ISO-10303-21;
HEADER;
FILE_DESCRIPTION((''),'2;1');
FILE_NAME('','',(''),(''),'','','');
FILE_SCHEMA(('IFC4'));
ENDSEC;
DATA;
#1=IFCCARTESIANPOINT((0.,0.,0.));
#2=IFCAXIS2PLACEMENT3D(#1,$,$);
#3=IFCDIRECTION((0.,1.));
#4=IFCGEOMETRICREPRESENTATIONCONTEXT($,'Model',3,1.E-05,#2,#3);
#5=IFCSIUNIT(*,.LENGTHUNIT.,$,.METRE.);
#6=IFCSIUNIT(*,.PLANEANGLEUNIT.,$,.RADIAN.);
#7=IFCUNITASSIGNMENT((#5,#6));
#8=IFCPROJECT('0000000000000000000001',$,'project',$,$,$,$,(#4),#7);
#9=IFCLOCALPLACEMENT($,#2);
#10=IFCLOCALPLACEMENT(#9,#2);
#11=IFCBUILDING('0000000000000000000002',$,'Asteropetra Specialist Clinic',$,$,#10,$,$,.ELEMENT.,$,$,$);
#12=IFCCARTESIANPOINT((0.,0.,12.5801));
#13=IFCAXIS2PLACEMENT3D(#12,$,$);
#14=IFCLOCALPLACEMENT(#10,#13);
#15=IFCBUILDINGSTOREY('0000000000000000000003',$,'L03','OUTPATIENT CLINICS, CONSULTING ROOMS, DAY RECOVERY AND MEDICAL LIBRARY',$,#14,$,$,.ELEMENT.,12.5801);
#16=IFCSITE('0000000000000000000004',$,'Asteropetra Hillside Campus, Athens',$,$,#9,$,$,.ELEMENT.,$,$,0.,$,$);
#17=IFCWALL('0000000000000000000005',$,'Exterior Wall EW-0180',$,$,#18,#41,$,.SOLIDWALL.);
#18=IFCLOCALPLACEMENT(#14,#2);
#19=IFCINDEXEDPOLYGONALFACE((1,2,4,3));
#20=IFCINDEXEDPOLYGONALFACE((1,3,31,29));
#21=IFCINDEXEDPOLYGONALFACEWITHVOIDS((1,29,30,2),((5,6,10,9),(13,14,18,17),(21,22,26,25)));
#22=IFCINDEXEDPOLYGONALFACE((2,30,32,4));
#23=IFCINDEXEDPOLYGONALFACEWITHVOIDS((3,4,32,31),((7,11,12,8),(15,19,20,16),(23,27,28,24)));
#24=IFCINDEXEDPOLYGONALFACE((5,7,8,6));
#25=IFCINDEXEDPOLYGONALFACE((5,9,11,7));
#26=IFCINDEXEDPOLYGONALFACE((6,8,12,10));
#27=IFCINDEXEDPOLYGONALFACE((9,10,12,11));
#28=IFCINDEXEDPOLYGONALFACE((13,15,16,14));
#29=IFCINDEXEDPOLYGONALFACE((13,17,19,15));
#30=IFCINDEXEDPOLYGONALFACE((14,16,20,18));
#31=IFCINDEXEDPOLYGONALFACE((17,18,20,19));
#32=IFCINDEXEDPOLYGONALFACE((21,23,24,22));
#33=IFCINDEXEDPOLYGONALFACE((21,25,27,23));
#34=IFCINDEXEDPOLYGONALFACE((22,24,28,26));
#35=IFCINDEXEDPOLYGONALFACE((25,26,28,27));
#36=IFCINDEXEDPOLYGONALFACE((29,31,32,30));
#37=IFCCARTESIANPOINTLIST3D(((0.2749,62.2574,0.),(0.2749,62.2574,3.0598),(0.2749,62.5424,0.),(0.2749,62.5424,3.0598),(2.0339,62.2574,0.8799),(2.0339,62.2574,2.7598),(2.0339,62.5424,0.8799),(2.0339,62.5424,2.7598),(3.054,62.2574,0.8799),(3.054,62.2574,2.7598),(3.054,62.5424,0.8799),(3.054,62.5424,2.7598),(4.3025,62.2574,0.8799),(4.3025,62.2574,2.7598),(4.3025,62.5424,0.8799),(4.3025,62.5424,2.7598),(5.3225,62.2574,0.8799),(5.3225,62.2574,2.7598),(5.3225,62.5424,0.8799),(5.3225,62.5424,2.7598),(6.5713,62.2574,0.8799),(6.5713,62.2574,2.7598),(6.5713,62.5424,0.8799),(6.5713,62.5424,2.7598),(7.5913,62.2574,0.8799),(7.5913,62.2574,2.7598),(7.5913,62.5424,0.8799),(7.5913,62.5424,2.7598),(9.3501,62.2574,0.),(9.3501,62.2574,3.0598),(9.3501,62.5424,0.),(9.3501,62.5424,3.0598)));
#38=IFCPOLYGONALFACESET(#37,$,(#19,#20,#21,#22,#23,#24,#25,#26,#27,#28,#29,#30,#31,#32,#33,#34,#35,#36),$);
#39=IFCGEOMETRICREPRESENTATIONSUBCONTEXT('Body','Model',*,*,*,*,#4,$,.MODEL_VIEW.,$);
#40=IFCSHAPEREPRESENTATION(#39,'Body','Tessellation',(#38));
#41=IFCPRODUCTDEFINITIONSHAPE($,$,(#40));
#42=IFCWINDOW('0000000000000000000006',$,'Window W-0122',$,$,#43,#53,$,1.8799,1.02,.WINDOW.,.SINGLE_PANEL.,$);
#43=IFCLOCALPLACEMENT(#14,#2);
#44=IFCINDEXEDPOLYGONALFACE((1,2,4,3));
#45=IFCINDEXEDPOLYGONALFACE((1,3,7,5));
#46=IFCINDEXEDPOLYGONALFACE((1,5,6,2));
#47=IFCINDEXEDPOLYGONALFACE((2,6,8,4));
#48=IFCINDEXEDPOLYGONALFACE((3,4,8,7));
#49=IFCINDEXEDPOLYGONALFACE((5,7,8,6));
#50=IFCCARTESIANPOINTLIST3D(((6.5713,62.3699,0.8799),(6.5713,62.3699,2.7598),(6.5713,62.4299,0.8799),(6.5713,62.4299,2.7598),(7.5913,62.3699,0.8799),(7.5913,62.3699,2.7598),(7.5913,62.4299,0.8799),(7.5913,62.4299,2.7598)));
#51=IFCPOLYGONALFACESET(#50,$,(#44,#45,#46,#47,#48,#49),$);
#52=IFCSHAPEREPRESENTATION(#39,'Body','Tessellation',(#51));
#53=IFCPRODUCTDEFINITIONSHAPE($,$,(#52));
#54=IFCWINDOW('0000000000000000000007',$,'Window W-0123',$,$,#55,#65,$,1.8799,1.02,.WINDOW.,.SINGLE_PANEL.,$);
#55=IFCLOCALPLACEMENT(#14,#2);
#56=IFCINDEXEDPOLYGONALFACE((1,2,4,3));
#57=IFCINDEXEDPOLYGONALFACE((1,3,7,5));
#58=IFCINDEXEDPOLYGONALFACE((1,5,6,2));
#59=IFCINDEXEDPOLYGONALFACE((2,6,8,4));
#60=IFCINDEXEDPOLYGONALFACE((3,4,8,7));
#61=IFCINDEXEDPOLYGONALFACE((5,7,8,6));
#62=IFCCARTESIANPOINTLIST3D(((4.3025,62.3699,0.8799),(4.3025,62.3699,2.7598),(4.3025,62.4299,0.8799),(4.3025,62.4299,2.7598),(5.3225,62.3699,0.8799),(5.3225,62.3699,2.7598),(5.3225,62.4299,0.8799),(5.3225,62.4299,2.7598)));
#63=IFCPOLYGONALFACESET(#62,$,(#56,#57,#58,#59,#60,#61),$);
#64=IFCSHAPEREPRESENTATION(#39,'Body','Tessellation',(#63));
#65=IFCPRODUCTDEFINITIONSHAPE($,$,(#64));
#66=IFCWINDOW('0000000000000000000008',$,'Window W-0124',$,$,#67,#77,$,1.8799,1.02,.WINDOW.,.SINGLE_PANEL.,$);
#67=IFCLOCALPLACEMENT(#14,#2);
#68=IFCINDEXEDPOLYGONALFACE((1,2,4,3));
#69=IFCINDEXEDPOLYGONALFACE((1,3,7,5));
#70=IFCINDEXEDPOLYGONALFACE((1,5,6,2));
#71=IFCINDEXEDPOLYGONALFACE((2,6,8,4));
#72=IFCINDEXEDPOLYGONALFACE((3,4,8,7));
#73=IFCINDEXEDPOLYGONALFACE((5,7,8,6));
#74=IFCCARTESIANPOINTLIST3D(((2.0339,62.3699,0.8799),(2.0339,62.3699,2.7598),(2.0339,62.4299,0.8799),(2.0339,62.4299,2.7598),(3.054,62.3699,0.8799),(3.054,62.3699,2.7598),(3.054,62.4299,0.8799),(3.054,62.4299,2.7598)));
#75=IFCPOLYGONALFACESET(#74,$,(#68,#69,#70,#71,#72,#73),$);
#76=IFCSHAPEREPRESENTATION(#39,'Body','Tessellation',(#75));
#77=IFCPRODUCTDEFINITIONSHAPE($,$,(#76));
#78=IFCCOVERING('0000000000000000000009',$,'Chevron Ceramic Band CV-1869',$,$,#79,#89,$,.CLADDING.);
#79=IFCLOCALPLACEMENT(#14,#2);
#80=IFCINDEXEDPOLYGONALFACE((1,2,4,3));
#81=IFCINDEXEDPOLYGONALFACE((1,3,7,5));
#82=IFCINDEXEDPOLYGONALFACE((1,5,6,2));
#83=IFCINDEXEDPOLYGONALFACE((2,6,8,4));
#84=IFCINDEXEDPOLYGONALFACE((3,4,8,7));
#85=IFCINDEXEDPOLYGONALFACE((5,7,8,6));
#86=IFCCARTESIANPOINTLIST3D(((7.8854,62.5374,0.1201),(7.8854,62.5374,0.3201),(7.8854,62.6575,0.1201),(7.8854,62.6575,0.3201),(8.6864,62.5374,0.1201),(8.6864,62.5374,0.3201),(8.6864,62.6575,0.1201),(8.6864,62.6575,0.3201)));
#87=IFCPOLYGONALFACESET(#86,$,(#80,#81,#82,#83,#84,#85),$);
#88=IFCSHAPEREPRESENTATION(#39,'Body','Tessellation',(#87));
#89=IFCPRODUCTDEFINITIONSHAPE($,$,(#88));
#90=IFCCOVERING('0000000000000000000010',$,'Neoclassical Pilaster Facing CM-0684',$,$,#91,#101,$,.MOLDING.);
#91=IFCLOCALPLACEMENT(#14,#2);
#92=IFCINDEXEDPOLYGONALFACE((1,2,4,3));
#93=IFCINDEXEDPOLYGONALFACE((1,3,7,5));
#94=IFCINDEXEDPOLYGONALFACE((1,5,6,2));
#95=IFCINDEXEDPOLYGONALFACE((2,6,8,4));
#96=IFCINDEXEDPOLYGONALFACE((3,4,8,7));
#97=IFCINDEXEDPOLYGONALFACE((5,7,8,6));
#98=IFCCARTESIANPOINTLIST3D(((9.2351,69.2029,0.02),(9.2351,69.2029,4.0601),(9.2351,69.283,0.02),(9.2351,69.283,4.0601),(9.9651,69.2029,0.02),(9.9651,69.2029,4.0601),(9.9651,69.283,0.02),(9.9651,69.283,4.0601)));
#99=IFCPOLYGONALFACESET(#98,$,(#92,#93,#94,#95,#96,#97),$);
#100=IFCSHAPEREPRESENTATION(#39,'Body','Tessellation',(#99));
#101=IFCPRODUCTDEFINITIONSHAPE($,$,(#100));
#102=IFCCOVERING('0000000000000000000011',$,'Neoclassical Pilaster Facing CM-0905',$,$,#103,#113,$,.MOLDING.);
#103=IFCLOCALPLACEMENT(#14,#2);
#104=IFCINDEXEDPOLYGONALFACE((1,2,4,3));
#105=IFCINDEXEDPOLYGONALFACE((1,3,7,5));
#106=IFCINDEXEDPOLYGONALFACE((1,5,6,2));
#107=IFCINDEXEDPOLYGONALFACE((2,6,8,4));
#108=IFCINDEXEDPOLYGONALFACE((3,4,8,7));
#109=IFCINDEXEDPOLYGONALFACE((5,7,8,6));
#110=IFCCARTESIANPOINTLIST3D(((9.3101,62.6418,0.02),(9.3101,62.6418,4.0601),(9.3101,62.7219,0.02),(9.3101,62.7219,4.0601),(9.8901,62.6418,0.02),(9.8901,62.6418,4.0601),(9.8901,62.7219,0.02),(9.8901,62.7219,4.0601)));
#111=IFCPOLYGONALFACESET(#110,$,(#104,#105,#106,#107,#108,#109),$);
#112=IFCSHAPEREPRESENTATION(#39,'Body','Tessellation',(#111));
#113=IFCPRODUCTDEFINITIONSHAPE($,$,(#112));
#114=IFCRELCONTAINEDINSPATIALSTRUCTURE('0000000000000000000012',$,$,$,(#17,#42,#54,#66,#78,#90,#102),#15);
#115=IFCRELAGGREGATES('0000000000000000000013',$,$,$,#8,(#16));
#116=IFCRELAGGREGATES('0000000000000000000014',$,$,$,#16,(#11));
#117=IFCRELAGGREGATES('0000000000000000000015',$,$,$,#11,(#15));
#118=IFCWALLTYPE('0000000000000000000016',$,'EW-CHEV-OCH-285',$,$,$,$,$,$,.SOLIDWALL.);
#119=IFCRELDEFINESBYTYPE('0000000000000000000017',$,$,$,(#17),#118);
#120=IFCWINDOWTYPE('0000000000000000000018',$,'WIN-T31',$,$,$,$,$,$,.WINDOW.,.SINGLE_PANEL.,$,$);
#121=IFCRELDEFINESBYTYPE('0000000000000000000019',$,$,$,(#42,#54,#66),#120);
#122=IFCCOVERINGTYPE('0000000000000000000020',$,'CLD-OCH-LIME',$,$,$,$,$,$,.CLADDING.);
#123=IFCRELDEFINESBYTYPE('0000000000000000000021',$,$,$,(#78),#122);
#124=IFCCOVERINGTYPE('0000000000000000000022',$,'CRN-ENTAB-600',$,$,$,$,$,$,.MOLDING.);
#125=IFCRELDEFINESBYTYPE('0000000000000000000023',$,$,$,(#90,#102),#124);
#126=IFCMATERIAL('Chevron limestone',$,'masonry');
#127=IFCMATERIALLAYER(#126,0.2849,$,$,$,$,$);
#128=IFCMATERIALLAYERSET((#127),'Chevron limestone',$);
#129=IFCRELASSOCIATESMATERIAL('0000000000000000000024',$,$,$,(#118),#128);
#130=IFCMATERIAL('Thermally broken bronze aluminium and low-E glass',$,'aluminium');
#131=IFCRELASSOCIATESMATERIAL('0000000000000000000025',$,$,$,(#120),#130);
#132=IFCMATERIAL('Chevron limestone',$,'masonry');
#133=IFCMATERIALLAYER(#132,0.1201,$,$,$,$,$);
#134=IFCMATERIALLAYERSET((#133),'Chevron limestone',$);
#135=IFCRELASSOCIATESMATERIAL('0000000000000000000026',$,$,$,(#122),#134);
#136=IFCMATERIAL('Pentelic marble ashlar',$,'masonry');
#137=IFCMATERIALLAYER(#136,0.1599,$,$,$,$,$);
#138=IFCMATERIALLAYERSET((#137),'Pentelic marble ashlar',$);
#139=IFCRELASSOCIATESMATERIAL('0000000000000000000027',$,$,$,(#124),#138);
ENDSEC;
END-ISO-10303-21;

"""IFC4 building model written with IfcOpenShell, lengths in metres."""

from ifc_helpers import new_model, si_unit, direction, frame, frame_2d, origin, origin_2d, place, context, subcontext, project, spatial, rectangle, extrude, material, layer, layer_set, type_object, element, fill, save


model = new_model("IFC4")

# Units and contexts
model_context = context("Model", 3, precision=1e-05, world=origin(), true_north=direction((0.0, 1.0)))
body_context = subcontext(model_context, "Body", "Model", "MODEL_VIEW")
ifc_project = project(units=[si_unit("LENGTHUNIT", "METRE"), si_unit("PLANEANGLEUNIT", "RADIAN")], contexts=[model_context])

# Site, building, storey
site_placement = place(None, origin())
site = spatial("IfcSite", under=ifc_project, at=site_placement, Name="Asteropetra Hillside Campus, Athens", CompositionType="ELEMENT", RefElevation=0.0)
building_placement = place(site_placement, origin())
building = spatial("IfcBuilding", under=site, at=building_placement, Name="Asteropetra Specialist Clinic", CompositionType="ELEMENT")
storey_placement = place(building_placement, frame((0.0, 0.0, 12.5801)))
storey = spatial("IfcBuildingStorey", under=building, at=storey_placement, Name="L03", Description="OUTPATIENT CLINICS, CONSULTING ROOMS, DAY RECOVERY AND MEDICAL LIBRARY", CompositionType="ELEMENT", Elevation=12.5801)

# Wall, openings, windows
ifc_material_1 = material(Name="Chevron limestone", Category="masonry")
ifc_layer_1 = layer(ifc_material_1, 0.2849)
ifc_layer_set_1 = layer_set([ifc_layer_1], Name="Chevron limestone")
wall_type = type_object("IfcWallType", Name="EW-CHEV-OCH-285", PredefinedType="SOLIDWALL", material=ifc_layer_set_1)
wall_placement = place(storey_placement, frame((9.3501, 62.3999, 0.0), z_axis=(0.0, 0.0, 1.0), x_axis=(-1.0, 0.0, 0.0)))
wall = element("IfcWall", 1, at=wall_placement, inside=storey, type_object=wall_type, Name="Exterior Wall EW-0180", PredefinedType="SOLIDWALL", context=body_context, shape_type="SweptSolid", body=[
    extrude(rectangle(XDim=9.0752, YDim=0.2849, at=frame_2d((4.5376, 0.0))), origin(), (0.0, 0.0, 1.0), 3.0598),
])
opening_1_placement = place(wall_placement, frame((1.7588, 0.0, 0.8799)))
opening_1 = element("IfcOpeningElement", 2, at=opening_1_placement, cuts=wall, PredefinedType="OPENING", context=body_context, shape_type="SweptSolid", body=[
    extrude(rectangle(XDim=1.02, YDim=1.8799, at=frame_2d((0.51, 0.9399))), frame((0.0, 0.1523, 0.0), z_axis=(0.0, -1.0, 0.0), x_axis=(1.0, 0.0, 0.0)), (0.0, 0.0, 1.0), 0.3049),
])
opening_2_placement = place(wall_placement, frame((4.0276, 0.0, 0.8799)))
opening_2 = element("IfcOpeningElement", 3, at=opening_2_placement, cuts=wall, PredefinedType="OPENING", context=body_context, shape_type="SweptSolid", body=[
    extrude(rectangle(XDim=1.02, YDim=1.8799, at=frame_2d((0.51, 0.9399))), frame((0.0, 0.1523, 0.0), z_axis=(0.0, -1.0, 0.0), x_axis=(1.0, 0.0, 0.0)), (0.0, 0.0, 1.0), 0.3049),
])
opening_3_placement = place(wall_placement, frame((6.2961, 0.0, 0.8799)))
opening_3 = element("IfcOpeningElement", 4, at=opening_3_placement, cuts=wall, PredefinedType="OPENING", context=body_context, shape_type="SweptSolid", body=[
    extrude(rectangle(XDim=1.02, YDim=1.8799, at=frame_2d((0.51, 0.9399))), frame((0.0, 0.1523, 0.0), z_axis=(0.0, -1.0, 0.0), x_axis=(1.0, 0.0, 0.0)), (0.0, 0.0, 1.0), 0.3049),
])
ifc_material_2 = material(Name="Thermally broken bronze aluminium and low-E glass", Category="aluminium")
window_type = type_object("IfcWindowType", Name="WIN-T31", PartitioningType="SINGLE_PANEL", PredefinedType="WINDOW", material=ifc_material_2)
window_1_placement = place(opening_1_placement, origin())
window_1 = element("IfcWindow", 5, at=window_1_placement, inside=storey, type_object=window_type, Name="Window W-0122", OverallHeight=1.8799, OverallWidth=1.02, PartitioningType="SINGLE_PANEL", PredefinedType="WINDOW", context=body_context, shape_type="SweptSolid", body=[
    extrude(rectangle(XDim=1.02, YDim=1.8799, at=frame_2d((0.51, 0.9399))), frame((0.0, 0.03, 0.0), z_axis=(0.0, -1.0, 0.0), x_axis=(1.0, 0.0, 0.0)), (0.0, 0.0, 1.0), 0.0601),
])
fill(opening_1, window_1)
window_2_placement = place(opening_2_placement, origin())
window_2 = element("IfcWindow", 6, at=window_2_placement, inside=storey, type_object=window_type, Name="Window W-0123", OverallHeight=1.8799, OverallWidth=1.02, PartitioningType="SINGLE_PANEL", PredefinedType="WINDOW", context=body_context, shape_type="SweptSolid", body=[
    extrude(rectangle(XDim=1.02, YDim=1.8799, at=frame_2d((0.51, 0.9399))), frame((0.0, 0.03, 0.0), z_axis=(0.0, -1.0, 0.0), x_axis=(1.0, 0.0, 0.0)), (0.0, 0.0, 1.0), 0.0601),
])
fill(opening_2, window_2)
window_3_placement = place(opening_3_placement, origin())
window_3 = element("IfcWindow", 7, at=window_3_placement, inside=storey, type_object=window_type, Name="Window W-0124", OverallHeight=1.8799, OverallWidth=1.02, PartitioningType="SINGLE_PANEL", PredefinedType="WINDOW", context=body_context, shape_type="SweptSolid", body=[
    extrude(rectangle(XDim=1.02, YDim=1.8799, at=frame_2d((0.51, 0.9399))), frame((0.0, 0.03, 0.0), z_axis=(0.0, -1.0, 0.0), x_axis=(1.0, 0.0, 0.0)), (0.0, 0.0, 1.0), 0.0601),
])
fill(opening_3, window_3)

# Coverings
ifc_material_3 = material(Name="Chevron limestone", Category="masonry")
ifc_layer_2 = layer(ifc_material_3, 0.1201)
ifc_layer_set_2 = layer_set([ifc_layer_2], Name="Chevron limestone")
covering_type_1 = type_object("IfcCoveringType", Name="CLD-OCH-LIME", PredefinedType="CLADDING", material=ifc_layer_set_2)
covering_1_placement = place(storey_placement, frame((8.2859, 62.5974, 0.1201), z_axis=(0.0, 0.0, 1.0), x_axis=(1.0, 0.0, 0.0)))
element("IfcCovering", 8, at=covering_1_placement, inside=storey, type_object=covering_type_1, Name="Chevron Ceramic Band CV-1869", PredefinedType="CLADDING", context=body_context, shape_type="SweptSolid", body=[
    extrude(rectangle(XDim=0.801, YDim=0.1201, at=origin_2d()), origin(), (0.0, 0.0, 1.0), 0.2),
])
ifc_material_4 = material(Name="Pentelic marble ashlar", Category="masonry")
ifc_layer_3 = layer(ifc_material_4, 0.1599)
ifc_layer_set_3 = layer_set([ifc_layer_3], Name="Pentelic marble ashlar")
covering_type_2 = type_object("IfcCoveringType", Name="CRN-ENTAB-600", PredefinedType="MOLDING", material=ifc_layer_set_3)
covering_2_placement = place(storey_placement, frame((9.6001, 69.2429, 0.02), z_axis=(0.0, 0.0, 1.0), x_axis=(1.0, 0.0, 0.0)))
element("IfcCovering", 9, at=covering_2_placement, inside=storey, type_object=covering_type_2, Name="Neoclassical Pilaster Facing CM-0684", PredefinedType="MOLDING", context=body_context, shape_type="SweptSolid", body=[
    extrude(rectangle(XDim=0.73, YDim=0.0801, at=origin_2d()), origin(), (0.0, 0.0, 1.0), 4.04),
])
covering_3_placement = place(storey_placement, frame((9.6001, 62.6819, 0.02), z_axis=(0.0, 0.0, 1.0), x_axis=(1.0, 0.0, 0.0)))
element("IfcCovering", 10, at=covering_3_placement, inside=storey, type_object=covering_type_2, Name="Neoclassical Pilaster Facing CM-0905", PredefinedType="MOLDING", context=body_context, shape_type="SweptSolid", body=[
    extrude(rectangle(XDim=0.5801, YDim=0.0801, at=origin_2d()), origin(), (0.0, 0.0, 1.0), 4.04),
])

save(model, "model.ifc")
